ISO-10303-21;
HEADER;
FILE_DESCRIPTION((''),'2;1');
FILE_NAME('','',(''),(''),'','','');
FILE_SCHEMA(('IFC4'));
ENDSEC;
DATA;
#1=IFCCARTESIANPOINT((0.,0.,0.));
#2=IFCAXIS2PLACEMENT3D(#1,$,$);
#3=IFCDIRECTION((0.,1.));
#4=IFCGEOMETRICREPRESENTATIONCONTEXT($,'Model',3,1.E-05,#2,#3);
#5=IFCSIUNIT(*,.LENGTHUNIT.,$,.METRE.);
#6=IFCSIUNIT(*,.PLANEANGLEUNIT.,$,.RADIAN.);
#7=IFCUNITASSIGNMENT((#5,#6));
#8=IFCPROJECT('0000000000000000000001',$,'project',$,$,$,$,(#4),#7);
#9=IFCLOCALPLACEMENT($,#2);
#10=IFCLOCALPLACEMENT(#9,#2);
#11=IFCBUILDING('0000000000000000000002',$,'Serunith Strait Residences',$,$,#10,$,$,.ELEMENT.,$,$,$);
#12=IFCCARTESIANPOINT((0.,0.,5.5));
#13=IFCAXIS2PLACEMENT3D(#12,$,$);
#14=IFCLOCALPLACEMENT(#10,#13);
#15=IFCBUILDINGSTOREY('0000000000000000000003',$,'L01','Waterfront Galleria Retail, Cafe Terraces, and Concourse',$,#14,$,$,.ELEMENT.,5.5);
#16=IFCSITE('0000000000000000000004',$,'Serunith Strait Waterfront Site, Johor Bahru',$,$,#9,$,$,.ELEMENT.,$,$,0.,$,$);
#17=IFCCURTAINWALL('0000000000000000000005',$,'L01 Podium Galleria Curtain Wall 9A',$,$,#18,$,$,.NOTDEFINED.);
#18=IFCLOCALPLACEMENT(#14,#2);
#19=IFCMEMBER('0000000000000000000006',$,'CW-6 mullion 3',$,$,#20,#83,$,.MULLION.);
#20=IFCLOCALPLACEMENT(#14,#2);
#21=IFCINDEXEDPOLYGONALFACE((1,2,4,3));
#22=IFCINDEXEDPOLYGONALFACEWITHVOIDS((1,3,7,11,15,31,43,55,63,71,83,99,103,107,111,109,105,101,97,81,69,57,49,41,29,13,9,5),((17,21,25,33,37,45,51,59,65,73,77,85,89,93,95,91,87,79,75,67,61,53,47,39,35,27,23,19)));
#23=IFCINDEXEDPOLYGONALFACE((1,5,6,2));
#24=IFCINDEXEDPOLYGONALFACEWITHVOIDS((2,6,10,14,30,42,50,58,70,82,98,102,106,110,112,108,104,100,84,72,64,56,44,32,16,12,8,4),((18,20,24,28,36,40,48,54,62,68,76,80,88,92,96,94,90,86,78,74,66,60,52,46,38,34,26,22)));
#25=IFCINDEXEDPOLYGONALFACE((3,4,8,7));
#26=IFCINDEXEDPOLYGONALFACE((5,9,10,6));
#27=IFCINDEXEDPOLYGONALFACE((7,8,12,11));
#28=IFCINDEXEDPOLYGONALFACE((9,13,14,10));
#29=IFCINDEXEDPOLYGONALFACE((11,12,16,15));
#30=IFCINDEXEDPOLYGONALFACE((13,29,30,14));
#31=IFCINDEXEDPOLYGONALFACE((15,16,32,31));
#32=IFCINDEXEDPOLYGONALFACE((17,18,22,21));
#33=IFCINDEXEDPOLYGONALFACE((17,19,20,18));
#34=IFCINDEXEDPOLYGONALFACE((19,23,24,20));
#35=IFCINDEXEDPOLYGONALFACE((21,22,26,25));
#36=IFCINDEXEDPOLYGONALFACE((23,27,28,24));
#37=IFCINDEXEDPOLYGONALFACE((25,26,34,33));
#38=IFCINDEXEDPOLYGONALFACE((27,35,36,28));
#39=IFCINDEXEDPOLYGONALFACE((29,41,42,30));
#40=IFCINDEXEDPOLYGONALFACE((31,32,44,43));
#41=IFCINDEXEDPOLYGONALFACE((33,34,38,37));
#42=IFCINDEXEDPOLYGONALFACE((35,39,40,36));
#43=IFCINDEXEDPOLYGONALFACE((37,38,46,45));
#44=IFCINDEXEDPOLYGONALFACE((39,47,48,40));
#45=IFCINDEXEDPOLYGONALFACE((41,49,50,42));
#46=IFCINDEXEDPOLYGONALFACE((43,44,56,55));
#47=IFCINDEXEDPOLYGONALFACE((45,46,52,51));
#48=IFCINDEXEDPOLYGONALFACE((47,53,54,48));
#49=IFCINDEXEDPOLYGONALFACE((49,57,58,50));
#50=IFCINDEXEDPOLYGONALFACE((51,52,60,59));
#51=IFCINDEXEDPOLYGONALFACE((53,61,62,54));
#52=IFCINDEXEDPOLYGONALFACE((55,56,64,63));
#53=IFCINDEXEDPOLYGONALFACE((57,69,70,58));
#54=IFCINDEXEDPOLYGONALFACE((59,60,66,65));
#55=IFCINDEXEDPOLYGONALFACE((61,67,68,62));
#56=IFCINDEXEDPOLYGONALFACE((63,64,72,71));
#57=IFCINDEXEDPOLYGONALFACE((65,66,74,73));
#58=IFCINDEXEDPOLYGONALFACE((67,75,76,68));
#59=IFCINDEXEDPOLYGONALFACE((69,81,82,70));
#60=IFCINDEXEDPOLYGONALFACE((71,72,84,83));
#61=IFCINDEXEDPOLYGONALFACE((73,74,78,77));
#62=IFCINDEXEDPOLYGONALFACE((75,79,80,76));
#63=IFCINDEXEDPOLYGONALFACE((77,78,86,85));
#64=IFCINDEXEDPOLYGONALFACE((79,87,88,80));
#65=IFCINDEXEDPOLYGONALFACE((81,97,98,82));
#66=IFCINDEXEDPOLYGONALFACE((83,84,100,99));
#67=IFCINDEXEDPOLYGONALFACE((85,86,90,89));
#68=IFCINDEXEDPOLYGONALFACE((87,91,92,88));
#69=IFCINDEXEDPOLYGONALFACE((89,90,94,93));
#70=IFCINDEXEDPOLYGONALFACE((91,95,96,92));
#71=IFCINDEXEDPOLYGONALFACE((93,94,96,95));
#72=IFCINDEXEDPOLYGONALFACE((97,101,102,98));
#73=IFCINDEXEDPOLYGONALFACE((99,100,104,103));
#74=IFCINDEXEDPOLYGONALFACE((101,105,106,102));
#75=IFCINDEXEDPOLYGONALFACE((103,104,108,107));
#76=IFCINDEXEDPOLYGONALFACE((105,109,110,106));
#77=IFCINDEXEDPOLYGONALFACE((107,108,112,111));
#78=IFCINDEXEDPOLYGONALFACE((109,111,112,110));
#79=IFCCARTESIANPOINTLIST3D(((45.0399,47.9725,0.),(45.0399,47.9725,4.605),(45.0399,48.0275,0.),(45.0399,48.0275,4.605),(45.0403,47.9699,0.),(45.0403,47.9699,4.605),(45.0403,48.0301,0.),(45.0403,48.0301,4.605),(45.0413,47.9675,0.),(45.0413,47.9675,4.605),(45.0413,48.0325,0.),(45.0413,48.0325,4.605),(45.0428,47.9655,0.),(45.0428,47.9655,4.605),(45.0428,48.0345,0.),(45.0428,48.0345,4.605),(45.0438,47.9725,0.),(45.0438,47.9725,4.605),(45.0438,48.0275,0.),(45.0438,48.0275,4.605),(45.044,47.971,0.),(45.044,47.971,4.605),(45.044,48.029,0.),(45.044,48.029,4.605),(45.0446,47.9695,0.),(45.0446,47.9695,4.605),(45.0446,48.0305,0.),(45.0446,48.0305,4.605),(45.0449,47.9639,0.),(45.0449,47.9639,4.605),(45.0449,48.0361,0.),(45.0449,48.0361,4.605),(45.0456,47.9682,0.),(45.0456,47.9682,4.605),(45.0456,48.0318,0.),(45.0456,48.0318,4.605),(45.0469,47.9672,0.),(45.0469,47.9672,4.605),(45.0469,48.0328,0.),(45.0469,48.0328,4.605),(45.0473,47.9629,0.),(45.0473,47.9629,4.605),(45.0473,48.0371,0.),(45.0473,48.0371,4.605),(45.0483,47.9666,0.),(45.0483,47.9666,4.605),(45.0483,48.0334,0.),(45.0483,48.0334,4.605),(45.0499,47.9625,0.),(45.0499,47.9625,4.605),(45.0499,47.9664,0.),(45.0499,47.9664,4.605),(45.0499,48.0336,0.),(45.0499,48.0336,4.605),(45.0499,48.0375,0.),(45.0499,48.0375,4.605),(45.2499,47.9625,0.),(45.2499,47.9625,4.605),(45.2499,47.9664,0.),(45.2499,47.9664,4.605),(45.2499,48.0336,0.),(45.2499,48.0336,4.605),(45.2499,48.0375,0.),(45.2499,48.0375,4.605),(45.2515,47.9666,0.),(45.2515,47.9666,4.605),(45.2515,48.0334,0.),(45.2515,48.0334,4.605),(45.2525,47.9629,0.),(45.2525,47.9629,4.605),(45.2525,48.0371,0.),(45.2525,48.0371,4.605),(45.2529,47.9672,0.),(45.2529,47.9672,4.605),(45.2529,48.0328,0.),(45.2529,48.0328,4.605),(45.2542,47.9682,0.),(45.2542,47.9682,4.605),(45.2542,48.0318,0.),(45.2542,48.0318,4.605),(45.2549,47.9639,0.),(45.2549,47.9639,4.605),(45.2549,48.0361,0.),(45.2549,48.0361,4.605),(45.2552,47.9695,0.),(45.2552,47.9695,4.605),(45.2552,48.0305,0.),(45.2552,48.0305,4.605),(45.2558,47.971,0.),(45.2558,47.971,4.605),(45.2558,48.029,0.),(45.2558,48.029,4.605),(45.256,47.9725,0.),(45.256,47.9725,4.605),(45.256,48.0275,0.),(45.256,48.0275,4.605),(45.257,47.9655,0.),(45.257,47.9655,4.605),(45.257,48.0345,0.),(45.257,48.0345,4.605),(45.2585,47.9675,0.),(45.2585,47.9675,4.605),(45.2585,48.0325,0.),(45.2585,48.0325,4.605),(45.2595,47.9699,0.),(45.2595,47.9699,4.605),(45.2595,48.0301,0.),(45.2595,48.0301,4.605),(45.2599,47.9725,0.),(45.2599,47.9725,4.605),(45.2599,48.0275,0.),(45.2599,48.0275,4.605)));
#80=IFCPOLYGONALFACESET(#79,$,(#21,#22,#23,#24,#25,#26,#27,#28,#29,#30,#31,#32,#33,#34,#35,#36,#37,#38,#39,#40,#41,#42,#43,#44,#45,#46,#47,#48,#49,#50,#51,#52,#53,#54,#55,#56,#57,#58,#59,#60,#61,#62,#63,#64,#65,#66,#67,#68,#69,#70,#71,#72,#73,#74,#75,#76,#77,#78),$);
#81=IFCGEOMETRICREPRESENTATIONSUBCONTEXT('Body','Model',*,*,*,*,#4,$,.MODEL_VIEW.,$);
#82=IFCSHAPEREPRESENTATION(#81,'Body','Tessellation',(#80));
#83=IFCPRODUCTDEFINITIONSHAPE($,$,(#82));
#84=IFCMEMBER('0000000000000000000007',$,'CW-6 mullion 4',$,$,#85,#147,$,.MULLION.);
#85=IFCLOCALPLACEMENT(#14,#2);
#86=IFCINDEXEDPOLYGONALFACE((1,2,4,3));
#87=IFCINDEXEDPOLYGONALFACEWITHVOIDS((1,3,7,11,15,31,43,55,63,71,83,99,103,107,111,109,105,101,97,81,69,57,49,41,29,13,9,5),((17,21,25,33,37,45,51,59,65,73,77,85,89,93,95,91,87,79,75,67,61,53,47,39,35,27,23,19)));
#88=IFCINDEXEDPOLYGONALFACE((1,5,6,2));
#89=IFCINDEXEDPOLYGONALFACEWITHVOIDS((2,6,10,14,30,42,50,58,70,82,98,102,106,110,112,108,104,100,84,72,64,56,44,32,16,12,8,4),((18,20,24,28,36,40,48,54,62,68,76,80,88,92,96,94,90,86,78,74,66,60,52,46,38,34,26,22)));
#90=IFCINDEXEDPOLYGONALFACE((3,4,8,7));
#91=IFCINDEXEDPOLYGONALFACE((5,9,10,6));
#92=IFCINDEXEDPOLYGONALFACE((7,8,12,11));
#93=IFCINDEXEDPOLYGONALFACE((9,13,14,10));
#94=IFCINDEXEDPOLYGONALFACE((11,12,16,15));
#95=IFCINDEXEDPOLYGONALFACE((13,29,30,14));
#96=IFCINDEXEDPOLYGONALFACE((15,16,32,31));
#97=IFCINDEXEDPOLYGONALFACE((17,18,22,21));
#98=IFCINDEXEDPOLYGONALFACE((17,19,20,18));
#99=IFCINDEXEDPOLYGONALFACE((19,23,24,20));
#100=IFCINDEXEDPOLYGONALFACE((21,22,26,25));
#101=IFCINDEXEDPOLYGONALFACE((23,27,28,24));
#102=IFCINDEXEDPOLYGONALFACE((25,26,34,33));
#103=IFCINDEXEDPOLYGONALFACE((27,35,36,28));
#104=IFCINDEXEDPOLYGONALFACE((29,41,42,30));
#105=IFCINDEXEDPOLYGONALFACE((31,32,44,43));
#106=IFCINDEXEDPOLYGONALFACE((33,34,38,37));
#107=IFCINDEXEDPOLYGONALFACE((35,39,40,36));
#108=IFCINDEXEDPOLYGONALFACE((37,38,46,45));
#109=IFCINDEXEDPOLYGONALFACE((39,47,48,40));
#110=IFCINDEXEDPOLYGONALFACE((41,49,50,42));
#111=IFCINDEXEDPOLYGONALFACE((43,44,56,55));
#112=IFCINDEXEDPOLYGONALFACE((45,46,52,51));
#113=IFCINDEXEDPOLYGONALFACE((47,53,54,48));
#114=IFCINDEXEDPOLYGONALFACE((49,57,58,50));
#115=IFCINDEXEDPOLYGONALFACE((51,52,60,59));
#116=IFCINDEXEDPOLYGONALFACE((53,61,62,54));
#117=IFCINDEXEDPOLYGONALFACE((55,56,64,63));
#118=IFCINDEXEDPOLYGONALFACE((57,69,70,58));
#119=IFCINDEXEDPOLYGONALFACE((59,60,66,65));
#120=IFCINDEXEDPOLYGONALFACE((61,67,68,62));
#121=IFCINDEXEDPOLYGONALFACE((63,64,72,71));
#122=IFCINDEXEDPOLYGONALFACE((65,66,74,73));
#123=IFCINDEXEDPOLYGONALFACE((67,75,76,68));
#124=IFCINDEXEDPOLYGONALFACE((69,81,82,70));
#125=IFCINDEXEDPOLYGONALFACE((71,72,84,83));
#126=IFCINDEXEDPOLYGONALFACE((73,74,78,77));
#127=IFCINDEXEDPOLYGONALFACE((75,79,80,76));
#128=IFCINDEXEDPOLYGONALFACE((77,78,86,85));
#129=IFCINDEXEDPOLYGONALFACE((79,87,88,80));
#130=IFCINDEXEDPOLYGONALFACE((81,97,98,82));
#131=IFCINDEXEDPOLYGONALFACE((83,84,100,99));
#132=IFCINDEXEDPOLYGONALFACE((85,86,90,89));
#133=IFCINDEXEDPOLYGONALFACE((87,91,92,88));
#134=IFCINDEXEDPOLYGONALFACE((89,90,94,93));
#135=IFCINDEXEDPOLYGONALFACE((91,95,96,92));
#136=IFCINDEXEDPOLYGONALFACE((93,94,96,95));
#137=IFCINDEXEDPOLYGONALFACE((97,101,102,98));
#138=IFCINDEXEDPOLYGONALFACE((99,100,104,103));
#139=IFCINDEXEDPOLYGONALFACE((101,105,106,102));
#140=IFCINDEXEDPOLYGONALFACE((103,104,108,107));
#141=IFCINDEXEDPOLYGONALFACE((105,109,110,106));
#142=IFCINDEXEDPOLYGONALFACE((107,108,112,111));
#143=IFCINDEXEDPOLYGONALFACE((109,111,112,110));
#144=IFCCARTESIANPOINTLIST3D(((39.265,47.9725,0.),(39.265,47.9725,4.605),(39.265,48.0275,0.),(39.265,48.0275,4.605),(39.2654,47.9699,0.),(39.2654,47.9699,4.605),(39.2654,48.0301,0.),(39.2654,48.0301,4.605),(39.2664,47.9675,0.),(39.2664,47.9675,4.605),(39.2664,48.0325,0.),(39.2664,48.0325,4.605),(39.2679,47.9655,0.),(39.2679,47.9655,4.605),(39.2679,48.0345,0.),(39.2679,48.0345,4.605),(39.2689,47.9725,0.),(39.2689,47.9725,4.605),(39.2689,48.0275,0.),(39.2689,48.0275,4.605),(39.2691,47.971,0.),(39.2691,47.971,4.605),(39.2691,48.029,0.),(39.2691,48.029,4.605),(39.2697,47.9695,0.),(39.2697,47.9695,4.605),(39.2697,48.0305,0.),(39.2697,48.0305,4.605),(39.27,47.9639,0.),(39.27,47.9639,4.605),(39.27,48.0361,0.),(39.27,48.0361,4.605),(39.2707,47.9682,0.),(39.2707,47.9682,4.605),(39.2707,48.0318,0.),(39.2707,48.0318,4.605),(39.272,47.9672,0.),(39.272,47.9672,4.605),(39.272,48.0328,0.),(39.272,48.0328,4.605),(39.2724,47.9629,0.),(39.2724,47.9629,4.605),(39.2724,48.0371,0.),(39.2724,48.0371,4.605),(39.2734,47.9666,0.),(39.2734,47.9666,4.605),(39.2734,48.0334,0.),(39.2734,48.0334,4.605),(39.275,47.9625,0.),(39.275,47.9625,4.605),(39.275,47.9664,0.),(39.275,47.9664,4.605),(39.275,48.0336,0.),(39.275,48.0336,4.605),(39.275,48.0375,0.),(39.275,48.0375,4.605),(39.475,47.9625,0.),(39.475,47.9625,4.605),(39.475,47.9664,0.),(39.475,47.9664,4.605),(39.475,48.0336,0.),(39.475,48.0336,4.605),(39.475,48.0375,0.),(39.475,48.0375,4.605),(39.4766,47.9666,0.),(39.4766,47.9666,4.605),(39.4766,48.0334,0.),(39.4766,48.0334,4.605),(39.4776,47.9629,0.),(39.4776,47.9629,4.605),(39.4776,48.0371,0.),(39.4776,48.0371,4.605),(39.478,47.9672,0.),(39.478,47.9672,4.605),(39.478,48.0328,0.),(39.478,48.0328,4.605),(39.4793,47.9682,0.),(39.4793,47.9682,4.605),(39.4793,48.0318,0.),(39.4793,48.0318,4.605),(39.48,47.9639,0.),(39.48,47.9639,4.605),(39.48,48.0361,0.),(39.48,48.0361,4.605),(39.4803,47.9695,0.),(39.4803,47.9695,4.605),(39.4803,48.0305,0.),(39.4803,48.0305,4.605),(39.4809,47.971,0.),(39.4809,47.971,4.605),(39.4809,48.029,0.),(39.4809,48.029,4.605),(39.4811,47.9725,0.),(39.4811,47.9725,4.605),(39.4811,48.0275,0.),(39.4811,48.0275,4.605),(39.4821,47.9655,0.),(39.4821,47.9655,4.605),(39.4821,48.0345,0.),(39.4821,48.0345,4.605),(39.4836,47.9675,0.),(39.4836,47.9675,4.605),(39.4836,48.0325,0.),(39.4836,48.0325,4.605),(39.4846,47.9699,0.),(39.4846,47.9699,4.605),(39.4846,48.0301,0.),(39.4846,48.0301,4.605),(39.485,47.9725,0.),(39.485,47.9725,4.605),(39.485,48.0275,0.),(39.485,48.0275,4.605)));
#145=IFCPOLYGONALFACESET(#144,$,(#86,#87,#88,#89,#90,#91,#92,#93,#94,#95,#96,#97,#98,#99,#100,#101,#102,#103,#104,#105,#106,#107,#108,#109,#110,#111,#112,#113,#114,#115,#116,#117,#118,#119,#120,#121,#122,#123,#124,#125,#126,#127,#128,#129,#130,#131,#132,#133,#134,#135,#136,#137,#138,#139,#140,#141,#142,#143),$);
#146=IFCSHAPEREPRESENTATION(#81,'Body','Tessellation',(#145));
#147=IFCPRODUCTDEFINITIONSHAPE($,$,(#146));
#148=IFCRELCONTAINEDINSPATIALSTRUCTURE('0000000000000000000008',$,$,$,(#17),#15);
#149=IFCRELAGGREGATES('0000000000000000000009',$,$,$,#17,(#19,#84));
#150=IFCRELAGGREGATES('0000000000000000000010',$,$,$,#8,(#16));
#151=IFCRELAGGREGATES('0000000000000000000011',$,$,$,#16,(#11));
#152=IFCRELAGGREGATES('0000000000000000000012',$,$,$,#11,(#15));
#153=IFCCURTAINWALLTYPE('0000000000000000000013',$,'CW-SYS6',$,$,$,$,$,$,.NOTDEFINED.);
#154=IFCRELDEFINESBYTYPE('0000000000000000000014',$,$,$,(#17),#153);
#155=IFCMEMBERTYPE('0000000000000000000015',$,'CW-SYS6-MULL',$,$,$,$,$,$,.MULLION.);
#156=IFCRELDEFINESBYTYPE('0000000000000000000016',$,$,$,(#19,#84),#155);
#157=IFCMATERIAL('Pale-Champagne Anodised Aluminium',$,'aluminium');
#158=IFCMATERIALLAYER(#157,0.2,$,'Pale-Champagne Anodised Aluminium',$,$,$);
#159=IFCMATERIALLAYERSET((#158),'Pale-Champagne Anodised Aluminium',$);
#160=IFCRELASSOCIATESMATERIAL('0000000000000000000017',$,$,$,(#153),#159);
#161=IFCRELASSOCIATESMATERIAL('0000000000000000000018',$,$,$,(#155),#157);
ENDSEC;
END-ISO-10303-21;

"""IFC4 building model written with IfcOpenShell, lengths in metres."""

from ifc_helpers import new_model, si_unit, direction, frame, origin, origin_2d, place, context, subcontext, project, spatial, hollow_rectangle, extrude, source, transform, mapped, material, layer, layer_set, material_profile, profile_set, type_object, element, aggregate, save


model = new_model("IFC4")

# Units and contexts
model_context = context("Model", 3, precision=1e-05, world=origin(), true_north=direction((0.0, 1.0)))
body_context = subcontext(model_context, "Body", "Model", "MODEL_VIEW")
ifc_project = project(units=[si_unit("LENGTHUNIT", "METRE"), si_unit("PLANEANGLEUNIT", "RADIAN")], contexts=[model_context])

# Site, building, storey
site_placement = place(None, origin())
site = spatial("IfcSite", under=ifc_project, at=site_placement, Name="Serunith Strait Waterfront Site, Johor Bahru", CompositionType="ELEMENT", RefElevation=0.0)
building_placement = place(site_placement, origin())
building = spatial("IfcBuilding", under=site, at=building_placement, Name="Serunith Strait Residences", CompositionType="ELEMENT")
storey_placement = place(building_placement, frame((0.0, 0.0, 5.5)))
storey = spatial("IfcBuildingStorey", under=building, at=storey_placement, Name="L01", Description="Waterfront Galleria Retail, Cafe Terraces, and Concourse", CompositionType="ELEMENT", Elevation=5.5)

# Curtain wall, members
ifc_material_1 = material(Name="Pale-Champagne Anodised Aluminium", Category="aluminium")
ifc_layer_1 = layer(ifc_material_1, 0.2, Name="Pale-Champagne Anodised Aluminium")
ifc_layer_set_1 = layer_set([ifc_layer_1], Name="Pale-Champagne Anodised Aluminium")
curtain_wall_type = type_object("IfcCurtainWallType", Name="CW-SYS6", PredefinedType="NOTDEFINED", material=ifc_layer_set_1)
curtain_wall_placement = place(storey_placement, origin())
curtain_wall = element("IfcCurtainWall", 1, at=curtain_wall_placement, inside=storey, type_object=curtain_wall_type, Name="L01 Podium Galleria Curtain Wall 9A", PredefinedType="NOTDEFINED")
ifc_material_profile_1 = material_profile(ifc_material_1, hollow_rectangle(XDim=0.075, YDim=0.22, WallThickness=0.0039, InnerFilletRadius=0.0061, OuterFilletRadius=0.01, at=origin_2d()), Name="ALU 220x75x4")
ifc_profile_set_1 = profile_set([ifc_material_profile_1], Name="Pale-Champagne Anodised Aluminium")
member_type_1 = type_object("IfcMemberType", Name="CW-SYS6-MULL", PredefinedType="MULLION", material=ifc_profile_set_1)
shared_shape_1 = source(origin(), body_context, "Body", "SweptSolid", [
    extrude(hollow_rectangle(XDim=0.075, YDim=0.22, WallThickness=0.0039, InnerFilletRadius=0.0061, OuterFilletRadius=0.01, at=origin_2d()), origin(), (0.0, 0.0, 1.0), 4.605),
])
member_1_placement = place(storey_placement, frame((45.1499, 48.0, 0.0), z_axis=(0.0, 0.0, 1.0), x_axis=(0.0, -1.0, 0.0)))
member_1 = element("IfcMember", 2, at=member_1_placement, type_object=member_type_1, Name="CW-6 mullion 3", PredefinedType="MULLION", context=body_context, shape_type="MappedRepresentation", body=[
    mapped(shared_shape_1, transform((0.0, 0.0, 0.0), scale=1.0)),
])
member_2_placement = place(storey_placement, frame((39.375, 48.0, 0.0), z_axis=(0.0, 0.0, 1.0), x_axis=(0.0, -1.0, 0.0)))
member_2 = element("IfcMember", 3, at=member_2_placement, type_object=member_type_1, Name="CW-6 mullion 4", PredefinedType="MULLION", context=body_context, shape_type="MappedRepresentation", body=[
    mapped(shared_shape_1, transform((0.0, 0.0, 0.0), scale=1.0)),
])
aggregate(curtain_wall, [member_1, member_2])

save(model, "model.ifc")
